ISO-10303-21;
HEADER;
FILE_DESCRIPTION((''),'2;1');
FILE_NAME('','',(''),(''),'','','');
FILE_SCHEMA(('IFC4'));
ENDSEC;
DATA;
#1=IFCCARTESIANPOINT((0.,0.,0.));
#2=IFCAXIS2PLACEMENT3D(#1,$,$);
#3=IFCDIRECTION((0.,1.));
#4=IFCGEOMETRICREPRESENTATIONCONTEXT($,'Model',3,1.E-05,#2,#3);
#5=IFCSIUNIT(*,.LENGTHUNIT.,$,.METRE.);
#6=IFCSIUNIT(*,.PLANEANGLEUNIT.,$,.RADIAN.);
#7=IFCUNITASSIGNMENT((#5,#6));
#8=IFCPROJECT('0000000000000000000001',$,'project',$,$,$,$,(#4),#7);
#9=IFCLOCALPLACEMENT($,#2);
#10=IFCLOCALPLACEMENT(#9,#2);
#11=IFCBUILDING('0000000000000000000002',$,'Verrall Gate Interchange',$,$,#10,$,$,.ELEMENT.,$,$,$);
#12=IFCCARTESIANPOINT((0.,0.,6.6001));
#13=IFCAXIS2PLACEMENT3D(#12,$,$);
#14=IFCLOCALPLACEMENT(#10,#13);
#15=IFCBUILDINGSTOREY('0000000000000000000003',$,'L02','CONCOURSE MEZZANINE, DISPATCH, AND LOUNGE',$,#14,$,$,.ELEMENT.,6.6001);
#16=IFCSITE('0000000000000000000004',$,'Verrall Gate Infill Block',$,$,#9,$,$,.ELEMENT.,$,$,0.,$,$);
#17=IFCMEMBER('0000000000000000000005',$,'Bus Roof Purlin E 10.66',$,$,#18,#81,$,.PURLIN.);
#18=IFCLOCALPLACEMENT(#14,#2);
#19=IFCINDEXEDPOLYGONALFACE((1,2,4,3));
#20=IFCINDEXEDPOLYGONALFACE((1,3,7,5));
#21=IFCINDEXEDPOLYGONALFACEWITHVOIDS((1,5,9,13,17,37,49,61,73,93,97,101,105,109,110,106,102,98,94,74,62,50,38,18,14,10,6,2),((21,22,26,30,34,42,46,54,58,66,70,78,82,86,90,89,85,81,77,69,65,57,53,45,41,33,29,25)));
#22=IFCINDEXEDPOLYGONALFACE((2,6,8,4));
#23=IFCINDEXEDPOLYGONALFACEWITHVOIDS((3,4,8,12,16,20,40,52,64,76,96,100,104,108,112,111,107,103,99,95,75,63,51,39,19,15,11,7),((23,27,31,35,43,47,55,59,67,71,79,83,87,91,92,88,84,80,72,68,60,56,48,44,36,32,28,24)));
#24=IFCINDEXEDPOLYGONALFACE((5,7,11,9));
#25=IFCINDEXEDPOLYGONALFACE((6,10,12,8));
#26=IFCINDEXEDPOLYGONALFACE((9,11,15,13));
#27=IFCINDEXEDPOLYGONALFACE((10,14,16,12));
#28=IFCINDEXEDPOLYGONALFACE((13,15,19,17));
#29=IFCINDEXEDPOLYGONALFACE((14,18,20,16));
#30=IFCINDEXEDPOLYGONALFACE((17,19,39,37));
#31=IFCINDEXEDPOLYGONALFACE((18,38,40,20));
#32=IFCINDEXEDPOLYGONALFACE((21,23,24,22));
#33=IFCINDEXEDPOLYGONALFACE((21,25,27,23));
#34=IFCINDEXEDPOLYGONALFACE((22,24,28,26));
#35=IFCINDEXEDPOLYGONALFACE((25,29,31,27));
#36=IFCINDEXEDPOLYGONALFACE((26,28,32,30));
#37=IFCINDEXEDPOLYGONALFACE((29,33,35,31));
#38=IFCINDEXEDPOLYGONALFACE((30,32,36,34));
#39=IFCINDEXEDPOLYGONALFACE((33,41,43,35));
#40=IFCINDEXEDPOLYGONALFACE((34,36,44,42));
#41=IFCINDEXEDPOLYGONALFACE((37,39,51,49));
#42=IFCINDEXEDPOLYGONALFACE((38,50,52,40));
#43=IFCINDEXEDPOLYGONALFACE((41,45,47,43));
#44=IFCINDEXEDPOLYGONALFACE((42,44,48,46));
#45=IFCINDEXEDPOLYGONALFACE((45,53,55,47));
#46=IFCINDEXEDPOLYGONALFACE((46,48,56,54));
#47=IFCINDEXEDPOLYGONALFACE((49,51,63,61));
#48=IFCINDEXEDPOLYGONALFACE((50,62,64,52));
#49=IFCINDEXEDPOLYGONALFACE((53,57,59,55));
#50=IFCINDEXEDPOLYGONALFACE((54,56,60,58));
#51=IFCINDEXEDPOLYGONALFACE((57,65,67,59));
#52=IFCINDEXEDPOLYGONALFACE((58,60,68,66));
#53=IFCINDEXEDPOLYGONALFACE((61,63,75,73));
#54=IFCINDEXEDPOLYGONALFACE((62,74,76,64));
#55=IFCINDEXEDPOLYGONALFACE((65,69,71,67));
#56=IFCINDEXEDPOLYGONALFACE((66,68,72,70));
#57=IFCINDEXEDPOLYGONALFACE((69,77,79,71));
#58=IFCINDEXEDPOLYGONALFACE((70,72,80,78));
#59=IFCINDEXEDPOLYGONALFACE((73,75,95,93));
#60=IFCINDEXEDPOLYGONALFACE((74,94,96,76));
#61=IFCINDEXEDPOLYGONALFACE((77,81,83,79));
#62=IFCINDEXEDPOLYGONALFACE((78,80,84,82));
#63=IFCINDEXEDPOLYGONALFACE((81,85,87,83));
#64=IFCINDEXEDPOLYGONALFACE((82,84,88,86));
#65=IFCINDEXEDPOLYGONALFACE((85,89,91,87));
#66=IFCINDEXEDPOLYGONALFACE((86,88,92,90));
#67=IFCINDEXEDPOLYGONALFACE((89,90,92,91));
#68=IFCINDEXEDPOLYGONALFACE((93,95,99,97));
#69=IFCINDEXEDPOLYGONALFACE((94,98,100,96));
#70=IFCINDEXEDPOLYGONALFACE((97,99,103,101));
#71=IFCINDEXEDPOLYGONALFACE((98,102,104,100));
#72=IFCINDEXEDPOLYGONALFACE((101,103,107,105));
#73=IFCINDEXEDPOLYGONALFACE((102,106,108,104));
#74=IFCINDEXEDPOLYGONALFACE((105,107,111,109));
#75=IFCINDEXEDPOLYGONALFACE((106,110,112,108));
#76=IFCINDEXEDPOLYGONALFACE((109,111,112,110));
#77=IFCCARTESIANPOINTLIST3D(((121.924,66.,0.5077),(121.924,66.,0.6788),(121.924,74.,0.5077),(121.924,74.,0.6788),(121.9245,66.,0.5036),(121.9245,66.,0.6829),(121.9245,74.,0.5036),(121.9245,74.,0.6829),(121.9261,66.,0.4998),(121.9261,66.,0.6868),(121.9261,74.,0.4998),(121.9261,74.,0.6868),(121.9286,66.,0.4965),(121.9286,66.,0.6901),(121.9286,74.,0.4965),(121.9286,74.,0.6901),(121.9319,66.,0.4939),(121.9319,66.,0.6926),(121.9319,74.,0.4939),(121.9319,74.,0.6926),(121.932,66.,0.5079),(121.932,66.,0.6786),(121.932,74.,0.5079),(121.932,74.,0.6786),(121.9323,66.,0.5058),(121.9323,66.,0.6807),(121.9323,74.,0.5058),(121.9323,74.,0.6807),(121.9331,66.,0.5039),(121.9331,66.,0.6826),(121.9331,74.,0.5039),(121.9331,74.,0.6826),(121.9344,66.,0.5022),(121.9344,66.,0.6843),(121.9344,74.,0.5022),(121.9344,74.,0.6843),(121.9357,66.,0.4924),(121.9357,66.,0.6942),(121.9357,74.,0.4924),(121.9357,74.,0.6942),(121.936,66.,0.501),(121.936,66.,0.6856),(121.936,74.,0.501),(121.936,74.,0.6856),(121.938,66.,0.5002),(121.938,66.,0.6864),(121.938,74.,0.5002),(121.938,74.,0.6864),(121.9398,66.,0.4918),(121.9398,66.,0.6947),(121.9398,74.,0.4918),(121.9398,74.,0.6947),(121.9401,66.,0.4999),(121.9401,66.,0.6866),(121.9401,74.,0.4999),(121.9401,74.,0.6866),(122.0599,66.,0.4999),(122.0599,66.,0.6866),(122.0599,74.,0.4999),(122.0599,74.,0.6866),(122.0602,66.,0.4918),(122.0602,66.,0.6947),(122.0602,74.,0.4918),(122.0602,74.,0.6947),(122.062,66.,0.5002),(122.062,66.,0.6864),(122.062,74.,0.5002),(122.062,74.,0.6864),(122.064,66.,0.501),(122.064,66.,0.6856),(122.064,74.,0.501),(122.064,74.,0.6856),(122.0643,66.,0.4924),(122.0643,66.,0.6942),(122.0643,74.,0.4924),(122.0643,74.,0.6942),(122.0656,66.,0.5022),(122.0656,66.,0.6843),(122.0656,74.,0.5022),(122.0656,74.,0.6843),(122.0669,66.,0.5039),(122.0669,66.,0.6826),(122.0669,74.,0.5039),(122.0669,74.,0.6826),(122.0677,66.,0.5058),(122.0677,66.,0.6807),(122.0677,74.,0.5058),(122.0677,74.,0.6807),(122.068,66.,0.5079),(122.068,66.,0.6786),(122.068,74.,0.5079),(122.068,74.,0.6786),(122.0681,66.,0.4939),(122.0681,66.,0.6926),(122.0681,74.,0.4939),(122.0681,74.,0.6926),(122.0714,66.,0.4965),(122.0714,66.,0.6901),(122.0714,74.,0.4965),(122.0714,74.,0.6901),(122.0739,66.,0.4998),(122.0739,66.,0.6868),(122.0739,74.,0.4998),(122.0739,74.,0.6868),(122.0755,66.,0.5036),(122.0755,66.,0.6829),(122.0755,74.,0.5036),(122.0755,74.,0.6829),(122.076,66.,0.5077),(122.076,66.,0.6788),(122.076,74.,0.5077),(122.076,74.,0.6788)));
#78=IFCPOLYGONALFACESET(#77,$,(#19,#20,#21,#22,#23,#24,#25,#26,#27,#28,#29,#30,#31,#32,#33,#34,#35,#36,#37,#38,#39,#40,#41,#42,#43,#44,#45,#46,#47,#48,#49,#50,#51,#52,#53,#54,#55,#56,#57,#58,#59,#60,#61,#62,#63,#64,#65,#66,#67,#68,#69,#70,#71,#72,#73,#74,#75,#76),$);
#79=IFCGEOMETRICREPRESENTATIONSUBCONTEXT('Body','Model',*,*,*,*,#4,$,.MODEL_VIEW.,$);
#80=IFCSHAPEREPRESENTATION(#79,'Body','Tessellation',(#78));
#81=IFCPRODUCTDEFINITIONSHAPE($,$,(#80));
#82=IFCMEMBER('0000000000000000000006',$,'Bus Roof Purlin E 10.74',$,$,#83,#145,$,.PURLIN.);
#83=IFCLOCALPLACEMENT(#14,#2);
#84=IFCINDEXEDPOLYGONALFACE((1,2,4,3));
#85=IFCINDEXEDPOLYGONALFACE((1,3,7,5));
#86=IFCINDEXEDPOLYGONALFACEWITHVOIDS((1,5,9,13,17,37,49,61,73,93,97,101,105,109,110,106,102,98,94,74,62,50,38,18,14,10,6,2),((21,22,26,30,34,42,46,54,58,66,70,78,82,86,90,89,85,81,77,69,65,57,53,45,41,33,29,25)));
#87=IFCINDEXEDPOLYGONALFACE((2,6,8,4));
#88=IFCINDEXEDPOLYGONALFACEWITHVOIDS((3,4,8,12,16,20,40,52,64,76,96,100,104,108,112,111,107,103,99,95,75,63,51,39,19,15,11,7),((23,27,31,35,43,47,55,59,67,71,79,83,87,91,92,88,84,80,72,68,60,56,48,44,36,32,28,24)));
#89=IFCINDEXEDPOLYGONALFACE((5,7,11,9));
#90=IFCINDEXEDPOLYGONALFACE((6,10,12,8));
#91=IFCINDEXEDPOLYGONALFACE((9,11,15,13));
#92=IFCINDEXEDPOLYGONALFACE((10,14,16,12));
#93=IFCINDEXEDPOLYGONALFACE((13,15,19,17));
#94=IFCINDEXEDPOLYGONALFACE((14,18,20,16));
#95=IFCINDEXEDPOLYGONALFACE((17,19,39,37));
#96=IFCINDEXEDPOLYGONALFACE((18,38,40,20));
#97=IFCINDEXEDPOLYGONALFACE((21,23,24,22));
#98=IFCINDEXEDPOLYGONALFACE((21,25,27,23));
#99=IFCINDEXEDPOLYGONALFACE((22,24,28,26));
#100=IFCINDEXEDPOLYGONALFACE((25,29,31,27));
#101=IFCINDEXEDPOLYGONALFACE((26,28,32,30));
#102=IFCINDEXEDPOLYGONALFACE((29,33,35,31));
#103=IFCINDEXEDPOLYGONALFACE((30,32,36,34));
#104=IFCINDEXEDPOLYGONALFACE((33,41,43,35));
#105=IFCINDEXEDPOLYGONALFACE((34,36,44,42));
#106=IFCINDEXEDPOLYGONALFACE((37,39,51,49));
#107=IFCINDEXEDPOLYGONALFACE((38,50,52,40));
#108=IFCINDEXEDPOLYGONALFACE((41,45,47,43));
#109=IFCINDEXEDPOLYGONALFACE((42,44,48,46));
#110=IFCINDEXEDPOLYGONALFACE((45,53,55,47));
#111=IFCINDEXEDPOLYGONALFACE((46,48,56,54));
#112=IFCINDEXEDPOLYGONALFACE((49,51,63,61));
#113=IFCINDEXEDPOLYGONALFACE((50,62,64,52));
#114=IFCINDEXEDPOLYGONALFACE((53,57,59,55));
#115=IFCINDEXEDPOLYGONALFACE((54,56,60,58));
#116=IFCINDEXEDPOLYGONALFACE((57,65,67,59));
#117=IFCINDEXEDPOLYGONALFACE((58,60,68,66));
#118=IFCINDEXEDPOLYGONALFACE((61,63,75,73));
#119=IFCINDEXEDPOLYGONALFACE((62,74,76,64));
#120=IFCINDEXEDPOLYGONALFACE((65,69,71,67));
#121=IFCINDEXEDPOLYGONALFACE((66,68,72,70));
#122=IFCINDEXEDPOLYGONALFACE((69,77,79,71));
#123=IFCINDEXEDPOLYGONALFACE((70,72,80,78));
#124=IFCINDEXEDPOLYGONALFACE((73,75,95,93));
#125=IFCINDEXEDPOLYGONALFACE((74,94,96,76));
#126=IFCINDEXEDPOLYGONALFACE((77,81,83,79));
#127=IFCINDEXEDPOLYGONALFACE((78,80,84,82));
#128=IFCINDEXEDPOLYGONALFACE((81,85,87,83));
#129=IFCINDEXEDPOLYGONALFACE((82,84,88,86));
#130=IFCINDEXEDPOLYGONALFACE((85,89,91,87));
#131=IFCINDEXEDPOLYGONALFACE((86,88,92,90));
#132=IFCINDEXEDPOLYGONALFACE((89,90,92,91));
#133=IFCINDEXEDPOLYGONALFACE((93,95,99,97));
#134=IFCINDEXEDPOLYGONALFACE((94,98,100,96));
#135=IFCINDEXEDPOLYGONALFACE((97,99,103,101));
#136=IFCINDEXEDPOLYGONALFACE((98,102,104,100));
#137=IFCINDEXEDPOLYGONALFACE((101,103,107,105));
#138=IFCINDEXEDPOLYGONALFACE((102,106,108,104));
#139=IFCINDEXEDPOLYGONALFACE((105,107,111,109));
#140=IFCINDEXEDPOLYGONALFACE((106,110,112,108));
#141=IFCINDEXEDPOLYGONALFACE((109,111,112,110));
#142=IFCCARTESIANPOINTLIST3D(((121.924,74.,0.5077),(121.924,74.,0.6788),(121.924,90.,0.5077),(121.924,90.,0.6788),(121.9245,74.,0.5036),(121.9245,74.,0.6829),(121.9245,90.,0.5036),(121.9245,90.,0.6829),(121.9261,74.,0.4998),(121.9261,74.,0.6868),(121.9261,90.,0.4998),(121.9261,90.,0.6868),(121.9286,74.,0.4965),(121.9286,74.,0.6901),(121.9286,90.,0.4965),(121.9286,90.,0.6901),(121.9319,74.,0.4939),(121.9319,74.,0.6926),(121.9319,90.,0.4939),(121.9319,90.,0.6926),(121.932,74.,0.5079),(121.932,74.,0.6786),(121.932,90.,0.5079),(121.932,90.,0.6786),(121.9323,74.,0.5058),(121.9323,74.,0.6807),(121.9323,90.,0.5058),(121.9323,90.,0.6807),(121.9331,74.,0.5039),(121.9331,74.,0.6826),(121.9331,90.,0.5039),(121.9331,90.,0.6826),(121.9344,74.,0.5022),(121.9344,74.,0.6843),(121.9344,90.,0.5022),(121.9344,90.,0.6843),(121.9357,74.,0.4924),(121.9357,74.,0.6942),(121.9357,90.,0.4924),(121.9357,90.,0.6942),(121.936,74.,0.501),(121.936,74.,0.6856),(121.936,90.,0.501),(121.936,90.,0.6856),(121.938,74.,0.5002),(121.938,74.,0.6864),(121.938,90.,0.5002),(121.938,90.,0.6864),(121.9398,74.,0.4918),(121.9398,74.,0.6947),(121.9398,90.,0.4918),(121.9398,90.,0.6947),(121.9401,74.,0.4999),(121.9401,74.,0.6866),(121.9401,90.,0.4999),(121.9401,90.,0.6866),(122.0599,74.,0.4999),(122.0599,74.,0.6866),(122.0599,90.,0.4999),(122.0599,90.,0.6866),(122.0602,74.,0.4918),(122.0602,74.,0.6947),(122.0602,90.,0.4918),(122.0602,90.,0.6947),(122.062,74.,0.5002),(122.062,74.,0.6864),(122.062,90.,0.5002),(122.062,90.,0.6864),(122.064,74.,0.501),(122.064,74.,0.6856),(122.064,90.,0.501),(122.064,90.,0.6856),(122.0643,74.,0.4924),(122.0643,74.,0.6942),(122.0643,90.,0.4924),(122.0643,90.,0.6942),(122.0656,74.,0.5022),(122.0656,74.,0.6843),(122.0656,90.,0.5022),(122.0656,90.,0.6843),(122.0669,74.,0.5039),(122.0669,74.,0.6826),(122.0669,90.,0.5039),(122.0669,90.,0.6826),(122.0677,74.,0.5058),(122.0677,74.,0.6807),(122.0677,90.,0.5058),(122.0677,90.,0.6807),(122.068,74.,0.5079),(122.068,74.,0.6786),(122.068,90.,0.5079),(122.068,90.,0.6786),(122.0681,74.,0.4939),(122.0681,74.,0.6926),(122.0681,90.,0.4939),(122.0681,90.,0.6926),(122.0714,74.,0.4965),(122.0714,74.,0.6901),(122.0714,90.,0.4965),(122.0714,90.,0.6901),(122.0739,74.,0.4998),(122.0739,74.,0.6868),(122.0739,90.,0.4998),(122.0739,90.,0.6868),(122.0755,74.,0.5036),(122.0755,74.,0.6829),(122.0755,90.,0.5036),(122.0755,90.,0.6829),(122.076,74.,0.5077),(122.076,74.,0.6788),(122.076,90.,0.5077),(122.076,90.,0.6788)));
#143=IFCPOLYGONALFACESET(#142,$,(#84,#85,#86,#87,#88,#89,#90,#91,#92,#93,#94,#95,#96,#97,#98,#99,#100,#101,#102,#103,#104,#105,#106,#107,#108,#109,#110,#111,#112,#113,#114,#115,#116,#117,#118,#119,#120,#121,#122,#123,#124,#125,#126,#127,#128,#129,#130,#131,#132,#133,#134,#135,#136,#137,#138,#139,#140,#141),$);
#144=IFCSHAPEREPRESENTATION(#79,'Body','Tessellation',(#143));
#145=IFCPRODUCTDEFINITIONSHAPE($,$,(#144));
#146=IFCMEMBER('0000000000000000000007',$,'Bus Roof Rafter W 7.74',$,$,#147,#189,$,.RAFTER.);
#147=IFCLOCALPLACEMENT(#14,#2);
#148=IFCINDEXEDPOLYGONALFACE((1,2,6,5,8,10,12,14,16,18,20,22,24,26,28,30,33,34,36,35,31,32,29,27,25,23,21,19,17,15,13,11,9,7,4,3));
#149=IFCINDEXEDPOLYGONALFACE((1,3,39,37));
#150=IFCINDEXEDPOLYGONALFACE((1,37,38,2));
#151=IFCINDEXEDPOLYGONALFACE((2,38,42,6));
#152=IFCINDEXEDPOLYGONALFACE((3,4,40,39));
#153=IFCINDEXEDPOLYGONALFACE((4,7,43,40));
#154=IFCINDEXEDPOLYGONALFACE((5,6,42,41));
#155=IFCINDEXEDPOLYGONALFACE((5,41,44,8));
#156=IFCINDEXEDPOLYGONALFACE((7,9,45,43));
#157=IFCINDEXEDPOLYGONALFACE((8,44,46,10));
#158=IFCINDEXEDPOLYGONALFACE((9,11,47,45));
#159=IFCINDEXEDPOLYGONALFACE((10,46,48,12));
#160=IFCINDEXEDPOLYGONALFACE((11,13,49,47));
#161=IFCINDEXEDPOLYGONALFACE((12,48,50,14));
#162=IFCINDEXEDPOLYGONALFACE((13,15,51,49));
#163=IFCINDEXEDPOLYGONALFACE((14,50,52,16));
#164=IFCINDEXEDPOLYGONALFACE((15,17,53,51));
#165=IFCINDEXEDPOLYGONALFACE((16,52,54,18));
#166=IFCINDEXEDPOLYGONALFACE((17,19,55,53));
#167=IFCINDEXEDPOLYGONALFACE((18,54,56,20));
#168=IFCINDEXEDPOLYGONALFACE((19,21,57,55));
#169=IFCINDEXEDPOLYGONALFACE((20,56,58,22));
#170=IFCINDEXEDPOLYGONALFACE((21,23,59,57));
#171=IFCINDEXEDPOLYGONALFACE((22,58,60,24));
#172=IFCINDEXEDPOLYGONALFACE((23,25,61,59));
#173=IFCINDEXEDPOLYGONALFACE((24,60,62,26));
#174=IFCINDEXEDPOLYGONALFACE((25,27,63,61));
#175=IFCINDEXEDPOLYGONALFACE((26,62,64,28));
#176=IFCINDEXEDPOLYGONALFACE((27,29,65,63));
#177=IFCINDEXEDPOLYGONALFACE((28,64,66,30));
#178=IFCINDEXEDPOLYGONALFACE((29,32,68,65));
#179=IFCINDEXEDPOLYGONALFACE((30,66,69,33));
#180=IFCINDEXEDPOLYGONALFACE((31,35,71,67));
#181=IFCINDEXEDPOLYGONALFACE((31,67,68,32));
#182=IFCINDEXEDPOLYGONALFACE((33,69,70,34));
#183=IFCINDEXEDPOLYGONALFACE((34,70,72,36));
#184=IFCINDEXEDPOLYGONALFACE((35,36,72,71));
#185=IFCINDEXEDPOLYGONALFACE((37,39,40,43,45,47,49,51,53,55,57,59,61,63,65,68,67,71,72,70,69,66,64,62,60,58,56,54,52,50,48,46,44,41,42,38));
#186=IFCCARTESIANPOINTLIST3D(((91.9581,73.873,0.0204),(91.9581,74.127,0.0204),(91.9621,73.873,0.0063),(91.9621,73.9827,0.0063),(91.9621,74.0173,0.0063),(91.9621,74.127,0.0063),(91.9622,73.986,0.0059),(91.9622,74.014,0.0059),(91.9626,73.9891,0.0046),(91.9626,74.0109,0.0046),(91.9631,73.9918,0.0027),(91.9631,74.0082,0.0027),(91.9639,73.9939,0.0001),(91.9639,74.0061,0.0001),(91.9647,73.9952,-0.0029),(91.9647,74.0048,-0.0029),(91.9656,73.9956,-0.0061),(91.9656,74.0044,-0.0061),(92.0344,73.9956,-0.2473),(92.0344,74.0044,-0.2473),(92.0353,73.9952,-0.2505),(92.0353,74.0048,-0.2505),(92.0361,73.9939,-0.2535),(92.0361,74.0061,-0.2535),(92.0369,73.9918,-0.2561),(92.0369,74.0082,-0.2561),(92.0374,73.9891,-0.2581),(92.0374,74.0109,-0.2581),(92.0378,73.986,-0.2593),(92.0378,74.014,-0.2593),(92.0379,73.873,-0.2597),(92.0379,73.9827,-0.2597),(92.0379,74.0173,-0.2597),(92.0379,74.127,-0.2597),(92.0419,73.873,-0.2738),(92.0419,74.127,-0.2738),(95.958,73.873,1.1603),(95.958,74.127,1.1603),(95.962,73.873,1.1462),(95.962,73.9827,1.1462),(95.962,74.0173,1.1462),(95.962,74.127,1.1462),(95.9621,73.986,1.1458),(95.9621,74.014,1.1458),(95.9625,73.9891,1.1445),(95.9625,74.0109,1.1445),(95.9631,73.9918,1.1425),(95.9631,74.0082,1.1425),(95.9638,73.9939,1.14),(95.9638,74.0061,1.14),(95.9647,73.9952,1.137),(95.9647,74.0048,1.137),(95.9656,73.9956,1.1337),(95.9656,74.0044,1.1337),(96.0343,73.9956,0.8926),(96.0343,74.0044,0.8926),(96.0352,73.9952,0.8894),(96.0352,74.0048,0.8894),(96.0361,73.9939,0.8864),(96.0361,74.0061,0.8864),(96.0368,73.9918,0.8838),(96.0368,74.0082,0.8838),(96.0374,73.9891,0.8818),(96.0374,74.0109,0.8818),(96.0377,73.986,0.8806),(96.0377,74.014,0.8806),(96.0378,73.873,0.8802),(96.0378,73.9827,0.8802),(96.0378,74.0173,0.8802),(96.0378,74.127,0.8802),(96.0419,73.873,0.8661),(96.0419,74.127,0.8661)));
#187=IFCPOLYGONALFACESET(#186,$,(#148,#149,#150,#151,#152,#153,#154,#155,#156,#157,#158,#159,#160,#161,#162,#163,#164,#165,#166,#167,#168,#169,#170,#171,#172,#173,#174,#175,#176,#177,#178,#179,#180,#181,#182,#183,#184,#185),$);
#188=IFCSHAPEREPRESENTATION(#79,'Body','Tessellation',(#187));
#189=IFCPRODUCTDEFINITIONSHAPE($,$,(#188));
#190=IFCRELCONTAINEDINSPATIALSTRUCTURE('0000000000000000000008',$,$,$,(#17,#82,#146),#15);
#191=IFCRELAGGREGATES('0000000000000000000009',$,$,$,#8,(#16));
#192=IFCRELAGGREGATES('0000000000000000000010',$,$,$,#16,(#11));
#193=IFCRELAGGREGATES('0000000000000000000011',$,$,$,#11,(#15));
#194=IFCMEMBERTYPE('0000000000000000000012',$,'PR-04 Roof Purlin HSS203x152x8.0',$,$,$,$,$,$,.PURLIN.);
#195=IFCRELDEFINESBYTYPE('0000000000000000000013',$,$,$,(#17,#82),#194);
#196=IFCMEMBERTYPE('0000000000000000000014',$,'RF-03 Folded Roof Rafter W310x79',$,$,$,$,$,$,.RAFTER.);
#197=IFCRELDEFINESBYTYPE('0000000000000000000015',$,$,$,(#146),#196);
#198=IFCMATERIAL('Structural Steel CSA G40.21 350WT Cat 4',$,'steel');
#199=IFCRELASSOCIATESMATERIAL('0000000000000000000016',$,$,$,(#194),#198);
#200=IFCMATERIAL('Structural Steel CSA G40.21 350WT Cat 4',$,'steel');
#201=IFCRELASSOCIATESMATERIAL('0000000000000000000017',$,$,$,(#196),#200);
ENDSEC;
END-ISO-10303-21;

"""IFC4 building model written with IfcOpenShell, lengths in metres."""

from ifc_helpers import new_model, si_unit, direction, frame, origin, origin_2d, place, context, subcontext, project, spatial, hollow_rectangle, i_section, extrude, material, material_profile, profile_set, type_object, element, save


model = new_model("IFC4")

# Units and contexts
model_context = context("Model", 3, precision=1e-05, world=origin(), true_north=direction((0.0, 1.0)))
body_context = subcontext(model_context, "Body", "Model", "MODEL_VIEW")
ifc_project = project(units=[si_unit("LENGTHUNIT", "METRE"), si_unit("PLANEANGLEUNIT", "RADIAN")], contexts=[model_context])

# Site, building, storey
site_placement = place(None, origin())
site = spatial("IfcSite", under=ifc_project, at=site_placement, Name="Verrall Gate Infill Block", CompositionType="ELEMENT", RefElevation=0.0)
building_placement = place(site_placement, origin())
building = spatial("IfcBuilding", under=site, at=building_placement, Name="Verrall Gate Interchange", CompositionType="ELEMENT")
storey_placement = place(building_placement, frame((0.0, 0.0, 6.6001)))
storey = spatial("IfcBuildingStorey", under=building, at=storey_placement, Name="L02", Description="CONCOURSE MEZZANINE, DISPATCH, AND LOUNGE", CompositionType="ELEMENT", Elevation=6.6001)

# Members
ifc_material_1 = material(Name="Structural Steel CSA G40.21 350WT Cat 4", Category="steel")
ifc_material_profile_1 = material_profile(ifc_material_1, hollow_rectangle(XDim=0.1521, YDim=0.2029, WallThickness=0.0081, InnerFilletRadius=0.0081, OuterFilletRadius=0.0159, at=origin_2d()), Name="HSS203x152x8.0")
ifc_profile_set_1 = profile_set([ifc_material_profile_1], Name="Structural Steel CSA G40.21 350WT Cat 4")
member_type_1 = type_object("IfcMemberType", Name="PR-04 Roof Purlin HSS203x152x8.0", PredefinedType="PURLIN", material=ifc_profile_set_1)
member_1_placement = place(storey_placement, frame((122.0, 66.0, 0.5933), z_axis=(0.0, 1.0, 0.0), x_axis=(-1.0, 0.0, 0.0)))
element("IfcMember", 1, at=member_1_placement, inside=storey, type_object=member_type_1, Name="Bus Roof Purlin E 10.66", PredefinedType="PURLIN", context=body_context, shape_type="SweptSolid", body=[
    extrude(hollow_rectangle(XDim=0.1521, YDim=0.2029, WallThickness=0.0081, InnerFilletRadius=0.0081, OuterFilletRadius=0.0159, at=origin_2d()), origin(), (0.0, 0.0, 1.0), 8.0),
])
member_2_placement = place(storey_placement, frame((122.0, 74.0, 0.5933), z_axis=(0.0, 1.0, 0.0), x_axis=(-1.0, 0.0, 0.0)))
element("IfcMember", 2, at=member_2_placement, inside=storey, type_object=member_type_1, Name="Bus Roof Purlin E 10.74", PredefinedType="PURLIN", context=body_context, shape_type="SweptSolid", body=[
    extrude(hollow_rectangle(XDim=0.1521, YDim=0.2029, WallThickness=0.0081, InnerFilletRadius=0.0081, OuterFilletRadius=0.0159, at=origin_2d()), origin(), (0.0, 0.0, 1.0), 16.0),
])
ifc_material_2 = material(Name="Structural Steel CSA G40.21 350WT Cat 4", Category="steel")
ifc_material_profile_2 = material_profile(ifc_material_2, i_section(OverallWidth=0.2539, OverallDepth=0.3059, WebThickness=0.0088, FlangeThickness=0.0146, FilletRadius=0.0129, at=origin_2d()), Name="W310x79")
ifc_profile_set_2 = profile_set([ifc_material_profile_2], Name="Structural Steel CSA G40.21 350WT Cat 4")
member_type_2 = type_object("IfcMemberType", Name="RF-03 Folded Roof Rafter W310x79", PredefinedType="RAFTER", material=ifc_profile_set_2)
for number, where, z_axis, x_axis, name in (
    (3, (92.0, 74.0, -0.1267), (0.961712, 0.0, 0.274062), (0.0, 1.0, 0.0), "Bus Roof Rafter W 7.74"),
):
    element("IfcMember", number, at=place(storey_placement, frame(where, z_axis=z_axis, x_axis=x_axis)), inside=storey, type_object=member_type_2, Name=name, PredefinedType="RAFTER", context=body_context, shape_type="SweptSolid", body=[
        extrude(i_section(OverallWidth=0.2539, OverallDepth=0.3059, WebThickness=0.0088, FlangeThickness=0.0146, FilletRadius=0.0129, at=origin_2d()), origin(), (0.0, 0.0, 1.0), 4.1592),
    ])

save(model, "model.ifc")
